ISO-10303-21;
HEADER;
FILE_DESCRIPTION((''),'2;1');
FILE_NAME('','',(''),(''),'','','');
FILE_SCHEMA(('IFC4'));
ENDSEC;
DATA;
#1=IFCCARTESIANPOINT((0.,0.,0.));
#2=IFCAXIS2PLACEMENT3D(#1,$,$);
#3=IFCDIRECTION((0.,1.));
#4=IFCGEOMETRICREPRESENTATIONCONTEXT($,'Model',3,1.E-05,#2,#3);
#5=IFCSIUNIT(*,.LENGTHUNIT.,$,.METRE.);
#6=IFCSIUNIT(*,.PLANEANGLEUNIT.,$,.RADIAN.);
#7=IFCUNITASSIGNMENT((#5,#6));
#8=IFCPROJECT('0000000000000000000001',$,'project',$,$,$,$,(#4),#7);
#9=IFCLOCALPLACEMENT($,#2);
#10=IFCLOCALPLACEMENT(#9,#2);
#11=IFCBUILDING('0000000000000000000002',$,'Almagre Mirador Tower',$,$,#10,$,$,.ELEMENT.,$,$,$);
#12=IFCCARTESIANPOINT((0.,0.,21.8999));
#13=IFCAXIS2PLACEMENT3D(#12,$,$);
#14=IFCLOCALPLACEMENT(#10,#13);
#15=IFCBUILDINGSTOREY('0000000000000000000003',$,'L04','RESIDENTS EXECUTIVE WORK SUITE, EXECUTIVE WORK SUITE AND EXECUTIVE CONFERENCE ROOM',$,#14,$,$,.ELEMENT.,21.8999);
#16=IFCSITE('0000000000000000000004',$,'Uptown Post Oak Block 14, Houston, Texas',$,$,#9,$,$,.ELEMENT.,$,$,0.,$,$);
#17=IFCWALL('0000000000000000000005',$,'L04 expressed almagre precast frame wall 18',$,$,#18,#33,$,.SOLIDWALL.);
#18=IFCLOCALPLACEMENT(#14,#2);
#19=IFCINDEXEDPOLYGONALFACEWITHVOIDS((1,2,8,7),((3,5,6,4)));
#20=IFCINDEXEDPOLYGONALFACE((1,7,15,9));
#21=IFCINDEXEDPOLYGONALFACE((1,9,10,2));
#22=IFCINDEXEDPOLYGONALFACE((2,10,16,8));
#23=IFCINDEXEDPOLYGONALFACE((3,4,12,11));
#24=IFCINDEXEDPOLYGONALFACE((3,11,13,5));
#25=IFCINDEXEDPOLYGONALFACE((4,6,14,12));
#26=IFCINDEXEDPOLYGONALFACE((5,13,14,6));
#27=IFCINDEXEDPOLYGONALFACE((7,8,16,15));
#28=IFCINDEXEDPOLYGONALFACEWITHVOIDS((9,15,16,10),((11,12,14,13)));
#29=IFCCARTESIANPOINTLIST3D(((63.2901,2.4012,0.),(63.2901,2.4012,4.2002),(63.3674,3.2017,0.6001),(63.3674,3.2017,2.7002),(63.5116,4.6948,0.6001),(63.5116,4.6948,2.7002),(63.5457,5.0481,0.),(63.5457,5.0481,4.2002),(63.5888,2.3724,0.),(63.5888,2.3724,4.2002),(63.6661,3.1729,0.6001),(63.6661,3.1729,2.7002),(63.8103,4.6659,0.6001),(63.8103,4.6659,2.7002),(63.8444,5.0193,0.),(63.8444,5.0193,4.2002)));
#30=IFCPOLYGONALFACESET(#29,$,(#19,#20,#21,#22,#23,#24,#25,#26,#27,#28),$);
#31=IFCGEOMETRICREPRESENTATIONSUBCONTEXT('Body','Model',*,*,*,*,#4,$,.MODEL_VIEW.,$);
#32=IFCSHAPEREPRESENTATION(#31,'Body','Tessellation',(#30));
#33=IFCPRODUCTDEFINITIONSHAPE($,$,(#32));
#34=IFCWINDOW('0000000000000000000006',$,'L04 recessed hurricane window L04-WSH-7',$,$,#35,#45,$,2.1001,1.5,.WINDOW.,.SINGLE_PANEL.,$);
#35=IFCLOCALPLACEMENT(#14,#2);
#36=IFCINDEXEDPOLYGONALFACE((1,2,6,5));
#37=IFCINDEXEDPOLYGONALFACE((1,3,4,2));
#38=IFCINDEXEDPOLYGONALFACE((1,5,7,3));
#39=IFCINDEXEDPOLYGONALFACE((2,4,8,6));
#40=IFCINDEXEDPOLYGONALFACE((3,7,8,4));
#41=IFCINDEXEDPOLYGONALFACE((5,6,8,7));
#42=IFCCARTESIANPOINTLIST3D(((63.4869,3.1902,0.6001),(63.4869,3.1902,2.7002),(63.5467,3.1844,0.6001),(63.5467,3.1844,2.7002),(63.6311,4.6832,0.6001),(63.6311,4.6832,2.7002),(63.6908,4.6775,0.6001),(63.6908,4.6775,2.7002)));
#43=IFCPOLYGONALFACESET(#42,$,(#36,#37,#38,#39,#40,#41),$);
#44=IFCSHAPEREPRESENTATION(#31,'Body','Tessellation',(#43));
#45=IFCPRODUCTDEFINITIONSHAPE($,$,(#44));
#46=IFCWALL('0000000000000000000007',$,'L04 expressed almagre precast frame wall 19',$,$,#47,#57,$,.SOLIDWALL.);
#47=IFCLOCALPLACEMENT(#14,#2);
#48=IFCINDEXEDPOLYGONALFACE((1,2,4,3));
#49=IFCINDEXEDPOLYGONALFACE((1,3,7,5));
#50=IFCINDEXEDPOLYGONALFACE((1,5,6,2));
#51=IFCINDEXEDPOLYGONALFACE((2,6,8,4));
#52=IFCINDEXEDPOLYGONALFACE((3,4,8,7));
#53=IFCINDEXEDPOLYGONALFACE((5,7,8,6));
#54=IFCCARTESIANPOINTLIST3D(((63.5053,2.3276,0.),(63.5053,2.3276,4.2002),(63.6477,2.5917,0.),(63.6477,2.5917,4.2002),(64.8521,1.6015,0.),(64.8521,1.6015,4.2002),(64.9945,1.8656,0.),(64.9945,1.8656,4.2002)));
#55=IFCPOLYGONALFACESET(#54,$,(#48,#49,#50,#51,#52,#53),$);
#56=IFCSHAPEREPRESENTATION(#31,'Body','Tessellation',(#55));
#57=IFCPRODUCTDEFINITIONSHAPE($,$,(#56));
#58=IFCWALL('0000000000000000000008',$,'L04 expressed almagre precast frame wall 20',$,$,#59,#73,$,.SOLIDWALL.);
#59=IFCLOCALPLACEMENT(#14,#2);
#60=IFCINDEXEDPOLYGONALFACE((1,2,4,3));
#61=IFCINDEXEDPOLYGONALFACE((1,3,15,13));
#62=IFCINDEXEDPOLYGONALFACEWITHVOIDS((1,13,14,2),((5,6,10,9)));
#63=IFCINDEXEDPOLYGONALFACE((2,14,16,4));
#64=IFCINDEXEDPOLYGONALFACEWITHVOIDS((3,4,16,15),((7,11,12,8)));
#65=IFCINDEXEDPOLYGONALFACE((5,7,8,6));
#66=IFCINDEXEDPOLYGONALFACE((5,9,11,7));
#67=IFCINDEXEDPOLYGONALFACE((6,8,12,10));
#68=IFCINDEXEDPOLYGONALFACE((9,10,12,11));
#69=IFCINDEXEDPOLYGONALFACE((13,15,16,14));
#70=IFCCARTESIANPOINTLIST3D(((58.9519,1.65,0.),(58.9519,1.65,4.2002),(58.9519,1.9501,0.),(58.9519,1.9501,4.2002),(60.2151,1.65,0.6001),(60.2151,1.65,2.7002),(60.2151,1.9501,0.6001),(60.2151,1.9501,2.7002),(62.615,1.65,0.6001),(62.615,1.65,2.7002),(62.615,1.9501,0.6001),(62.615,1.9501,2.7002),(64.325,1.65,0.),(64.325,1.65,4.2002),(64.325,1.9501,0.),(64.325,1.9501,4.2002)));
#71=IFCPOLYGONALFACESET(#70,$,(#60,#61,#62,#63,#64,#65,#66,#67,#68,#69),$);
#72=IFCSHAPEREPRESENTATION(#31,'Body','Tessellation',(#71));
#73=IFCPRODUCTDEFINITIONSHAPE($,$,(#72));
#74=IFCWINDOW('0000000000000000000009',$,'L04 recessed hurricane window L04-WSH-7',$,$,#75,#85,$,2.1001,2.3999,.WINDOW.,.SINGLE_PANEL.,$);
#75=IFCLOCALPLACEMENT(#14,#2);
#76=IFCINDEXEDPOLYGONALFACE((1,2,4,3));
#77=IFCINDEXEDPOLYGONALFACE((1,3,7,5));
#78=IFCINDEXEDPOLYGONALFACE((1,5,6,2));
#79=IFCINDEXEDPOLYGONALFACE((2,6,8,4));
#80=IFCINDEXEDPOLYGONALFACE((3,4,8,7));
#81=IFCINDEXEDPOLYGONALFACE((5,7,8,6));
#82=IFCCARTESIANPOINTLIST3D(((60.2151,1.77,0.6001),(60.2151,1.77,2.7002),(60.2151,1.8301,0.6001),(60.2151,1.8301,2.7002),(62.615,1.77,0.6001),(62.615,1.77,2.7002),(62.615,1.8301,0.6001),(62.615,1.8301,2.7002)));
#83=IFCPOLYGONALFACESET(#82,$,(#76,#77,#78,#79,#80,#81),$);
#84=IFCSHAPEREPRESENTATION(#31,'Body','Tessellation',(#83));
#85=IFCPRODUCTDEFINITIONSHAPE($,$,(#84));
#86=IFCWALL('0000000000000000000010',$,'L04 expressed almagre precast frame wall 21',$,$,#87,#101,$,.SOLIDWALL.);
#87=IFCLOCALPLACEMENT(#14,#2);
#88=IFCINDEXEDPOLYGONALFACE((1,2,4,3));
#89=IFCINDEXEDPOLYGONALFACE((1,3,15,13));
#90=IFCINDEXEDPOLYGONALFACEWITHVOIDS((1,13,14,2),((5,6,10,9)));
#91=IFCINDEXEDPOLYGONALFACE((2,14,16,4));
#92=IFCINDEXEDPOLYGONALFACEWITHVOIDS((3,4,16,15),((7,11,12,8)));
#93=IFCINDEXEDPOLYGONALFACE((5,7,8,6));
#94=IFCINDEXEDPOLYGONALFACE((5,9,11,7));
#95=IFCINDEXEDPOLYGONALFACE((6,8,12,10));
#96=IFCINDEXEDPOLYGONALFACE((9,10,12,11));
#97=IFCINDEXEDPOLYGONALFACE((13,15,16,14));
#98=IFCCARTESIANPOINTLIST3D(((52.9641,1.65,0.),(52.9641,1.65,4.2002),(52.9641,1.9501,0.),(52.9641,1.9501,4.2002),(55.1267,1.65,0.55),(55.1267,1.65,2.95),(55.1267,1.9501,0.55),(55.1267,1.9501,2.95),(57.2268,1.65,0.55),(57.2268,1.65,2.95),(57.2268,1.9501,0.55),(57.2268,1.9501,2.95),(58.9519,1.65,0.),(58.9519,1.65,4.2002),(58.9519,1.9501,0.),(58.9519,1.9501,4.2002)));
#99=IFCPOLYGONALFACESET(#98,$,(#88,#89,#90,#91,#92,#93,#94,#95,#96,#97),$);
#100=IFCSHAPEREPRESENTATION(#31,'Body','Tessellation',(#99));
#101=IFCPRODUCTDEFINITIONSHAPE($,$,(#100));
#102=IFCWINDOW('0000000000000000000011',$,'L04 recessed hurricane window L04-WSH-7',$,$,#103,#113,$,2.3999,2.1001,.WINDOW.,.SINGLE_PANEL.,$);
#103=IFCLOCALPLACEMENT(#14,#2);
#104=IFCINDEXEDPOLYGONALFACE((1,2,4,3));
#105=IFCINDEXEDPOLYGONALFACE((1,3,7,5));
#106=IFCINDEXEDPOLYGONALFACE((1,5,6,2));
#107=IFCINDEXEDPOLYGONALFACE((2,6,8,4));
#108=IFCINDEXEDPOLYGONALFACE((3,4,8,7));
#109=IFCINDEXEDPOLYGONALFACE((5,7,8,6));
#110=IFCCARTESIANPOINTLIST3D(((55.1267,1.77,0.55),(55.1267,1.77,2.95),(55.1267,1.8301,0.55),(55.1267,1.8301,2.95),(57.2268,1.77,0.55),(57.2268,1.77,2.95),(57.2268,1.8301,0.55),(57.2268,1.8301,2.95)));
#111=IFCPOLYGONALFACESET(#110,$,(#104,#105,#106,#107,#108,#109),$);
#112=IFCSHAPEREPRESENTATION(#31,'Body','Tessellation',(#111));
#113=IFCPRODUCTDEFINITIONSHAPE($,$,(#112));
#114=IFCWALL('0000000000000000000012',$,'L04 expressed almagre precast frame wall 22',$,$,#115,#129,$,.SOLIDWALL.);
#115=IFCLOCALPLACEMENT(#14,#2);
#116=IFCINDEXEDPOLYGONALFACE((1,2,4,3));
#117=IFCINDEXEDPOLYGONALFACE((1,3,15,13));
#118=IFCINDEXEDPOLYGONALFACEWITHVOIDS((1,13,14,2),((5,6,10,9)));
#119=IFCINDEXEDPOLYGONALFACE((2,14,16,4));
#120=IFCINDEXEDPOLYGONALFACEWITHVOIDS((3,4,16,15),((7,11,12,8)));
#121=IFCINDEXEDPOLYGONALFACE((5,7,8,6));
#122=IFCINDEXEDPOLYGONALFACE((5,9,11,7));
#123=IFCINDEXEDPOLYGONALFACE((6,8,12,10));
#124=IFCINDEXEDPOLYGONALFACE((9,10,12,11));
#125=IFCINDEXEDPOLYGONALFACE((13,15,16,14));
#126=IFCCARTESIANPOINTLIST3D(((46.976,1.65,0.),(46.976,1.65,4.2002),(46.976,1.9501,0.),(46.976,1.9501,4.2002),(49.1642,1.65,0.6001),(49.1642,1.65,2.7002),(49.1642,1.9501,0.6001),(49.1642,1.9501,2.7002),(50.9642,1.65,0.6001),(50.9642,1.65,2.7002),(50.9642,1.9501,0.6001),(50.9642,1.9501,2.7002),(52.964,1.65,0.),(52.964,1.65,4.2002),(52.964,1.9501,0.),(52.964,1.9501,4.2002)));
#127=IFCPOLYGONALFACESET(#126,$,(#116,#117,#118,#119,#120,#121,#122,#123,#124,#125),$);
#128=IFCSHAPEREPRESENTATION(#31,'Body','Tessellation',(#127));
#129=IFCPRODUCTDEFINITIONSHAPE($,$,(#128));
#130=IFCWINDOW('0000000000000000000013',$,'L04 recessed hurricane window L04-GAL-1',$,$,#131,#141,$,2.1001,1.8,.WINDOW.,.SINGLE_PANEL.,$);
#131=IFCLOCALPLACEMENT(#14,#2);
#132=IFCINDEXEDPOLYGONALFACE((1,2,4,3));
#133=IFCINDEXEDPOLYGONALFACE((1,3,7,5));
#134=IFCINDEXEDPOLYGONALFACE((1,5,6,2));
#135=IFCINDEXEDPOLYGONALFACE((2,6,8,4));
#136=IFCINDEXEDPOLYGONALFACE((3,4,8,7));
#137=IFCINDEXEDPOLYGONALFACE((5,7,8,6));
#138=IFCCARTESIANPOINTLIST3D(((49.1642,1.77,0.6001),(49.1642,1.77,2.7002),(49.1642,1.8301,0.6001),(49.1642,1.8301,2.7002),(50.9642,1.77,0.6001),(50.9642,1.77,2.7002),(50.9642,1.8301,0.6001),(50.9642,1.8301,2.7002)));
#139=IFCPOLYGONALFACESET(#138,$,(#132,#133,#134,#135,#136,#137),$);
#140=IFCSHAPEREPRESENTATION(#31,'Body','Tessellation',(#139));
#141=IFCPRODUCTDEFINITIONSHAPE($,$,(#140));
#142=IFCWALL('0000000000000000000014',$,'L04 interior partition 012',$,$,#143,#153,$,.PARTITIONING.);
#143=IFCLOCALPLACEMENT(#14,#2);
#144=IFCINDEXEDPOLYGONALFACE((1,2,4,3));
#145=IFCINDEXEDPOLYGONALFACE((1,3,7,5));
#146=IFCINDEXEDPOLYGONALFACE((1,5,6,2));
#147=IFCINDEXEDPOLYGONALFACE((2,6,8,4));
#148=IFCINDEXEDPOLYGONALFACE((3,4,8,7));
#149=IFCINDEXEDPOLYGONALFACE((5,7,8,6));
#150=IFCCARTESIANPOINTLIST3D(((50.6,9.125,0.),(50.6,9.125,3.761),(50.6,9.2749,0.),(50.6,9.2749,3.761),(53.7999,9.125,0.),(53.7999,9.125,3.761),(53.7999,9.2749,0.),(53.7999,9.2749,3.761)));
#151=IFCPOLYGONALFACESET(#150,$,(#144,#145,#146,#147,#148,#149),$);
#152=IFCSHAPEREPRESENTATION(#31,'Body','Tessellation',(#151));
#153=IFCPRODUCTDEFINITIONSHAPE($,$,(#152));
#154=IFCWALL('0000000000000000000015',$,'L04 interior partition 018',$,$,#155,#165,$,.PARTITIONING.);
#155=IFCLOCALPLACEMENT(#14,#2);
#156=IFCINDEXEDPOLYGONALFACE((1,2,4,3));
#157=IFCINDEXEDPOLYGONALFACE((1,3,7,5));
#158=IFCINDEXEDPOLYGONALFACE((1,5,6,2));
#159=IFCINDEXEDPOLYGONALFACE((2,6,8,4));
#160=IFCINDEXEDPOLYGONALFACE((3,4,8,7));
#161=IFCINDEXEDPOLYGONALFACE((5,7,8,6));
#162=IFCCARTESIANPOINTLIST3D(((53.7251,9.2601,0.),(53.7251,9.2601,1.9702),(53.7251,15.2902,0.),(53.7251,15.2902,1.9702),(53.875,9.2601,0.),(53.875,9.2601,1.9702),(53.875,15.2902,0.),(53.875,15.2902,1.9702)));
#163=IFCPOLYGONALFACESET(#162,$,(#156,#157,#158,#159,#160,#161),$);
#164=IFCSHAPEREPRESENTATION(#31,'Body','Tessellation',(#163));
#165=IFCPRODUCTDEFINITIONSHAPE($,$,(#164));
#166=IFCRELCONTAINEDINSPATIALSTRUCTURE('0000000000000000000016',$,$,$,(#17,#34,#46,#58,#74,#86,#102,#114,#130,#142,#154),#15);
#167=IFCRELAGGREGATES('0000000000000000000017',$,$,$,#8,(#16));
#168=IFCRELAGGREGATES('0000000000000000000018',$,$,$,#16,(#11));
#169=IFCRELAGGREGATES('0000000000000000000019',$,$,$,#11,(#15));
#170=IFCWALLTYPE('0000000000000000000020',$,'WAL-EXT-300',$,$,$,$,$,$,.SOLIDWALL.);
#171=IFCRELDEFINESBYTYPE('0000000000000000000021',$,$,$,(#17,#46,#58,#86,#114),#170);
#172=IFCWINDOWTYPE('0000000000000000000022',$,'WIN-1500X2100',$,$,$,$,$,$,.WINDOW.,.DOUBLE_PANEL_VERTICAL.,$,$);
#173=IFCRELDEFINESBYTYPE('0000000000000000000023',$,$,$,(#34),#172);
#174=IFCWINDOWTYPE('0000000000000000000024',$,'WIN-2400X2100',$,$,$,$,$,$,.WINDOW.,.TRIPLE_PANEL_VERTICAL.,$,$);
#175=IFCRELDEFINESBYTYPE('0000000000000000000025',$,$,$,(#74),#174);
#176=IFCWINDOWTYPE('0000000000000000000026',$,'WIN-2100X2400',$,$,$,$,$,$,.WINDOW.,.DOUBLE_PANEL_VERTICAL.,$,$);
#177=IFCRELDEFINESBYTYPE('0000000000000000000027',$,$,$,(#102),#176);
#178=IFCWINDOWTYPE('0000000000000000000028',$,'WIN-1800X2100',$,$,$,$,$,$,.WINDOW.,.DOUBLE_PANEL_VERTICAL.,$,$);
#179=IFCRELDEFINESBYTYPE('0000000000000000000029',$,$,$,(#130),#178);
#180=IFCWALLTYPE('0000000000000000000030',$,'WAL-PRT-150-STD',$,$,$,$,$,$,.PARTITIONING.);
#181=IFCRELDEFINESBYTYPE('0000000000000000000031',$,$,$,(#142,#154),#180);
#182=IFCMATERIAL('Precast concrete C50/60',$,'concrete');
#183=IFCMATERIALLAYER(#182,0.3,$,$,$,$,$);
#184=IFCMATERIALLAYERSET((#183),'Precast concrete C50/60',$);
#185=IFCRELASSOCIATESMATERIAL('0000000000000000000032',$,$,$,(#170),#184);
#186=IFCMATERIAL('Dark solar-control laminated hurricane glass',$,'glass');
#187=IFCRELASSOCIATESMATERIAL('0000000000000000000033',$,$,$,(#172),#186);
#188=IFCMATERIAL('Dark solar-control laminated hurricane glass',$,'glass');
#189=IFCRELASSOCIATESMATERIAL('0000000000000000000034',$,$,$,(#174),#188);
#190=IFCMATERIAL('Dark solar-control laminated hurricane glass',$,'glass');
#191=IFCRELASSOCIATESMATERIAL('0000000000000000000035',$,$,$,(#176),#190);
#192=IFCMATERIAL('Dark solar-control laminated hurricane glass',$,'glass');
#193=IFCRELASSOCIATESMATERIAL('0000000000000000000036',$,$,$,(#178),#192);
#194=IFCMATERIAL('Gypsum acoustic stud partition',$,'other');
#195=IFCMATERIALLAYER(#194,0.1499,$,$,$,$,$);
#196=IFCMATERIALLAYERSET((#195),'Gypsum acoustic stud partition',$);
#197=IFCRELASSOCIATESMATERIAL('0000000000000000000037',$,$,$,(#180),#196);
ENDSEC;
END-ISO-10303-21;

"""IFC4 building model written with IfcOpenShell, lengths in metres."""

from ifc_helpers import new_model, si_unit, direction, frame, frame_2d, origin, place, context, subcontext, project, spatial, rectangle, extrude, material, layer, layer_set, type_object, element, fill, save


model = new_model("IFC4")

# Units and contexts
model_context = context("Model", 3, precision=1e-05, world=origin(), true_north=direction((0.0, 1.0)))
body_context = subcontext(model_context, "Body", "Model", "MODEL_VIEW")
ifc_project = project(units=[si_unit("LENGTHUNIT", "METRE"), si_unit("PLANEANGLEUNIT", "RADIAN")], contexts=[model_context])

# Site, building, storey
site_placement = place(None, origin())
site = spatial("IfcSite", under=ifc_project, at=site_placement, Name="Uptown Post Oak Block 14, Houston, Texas", CompositionType="ELEMENT", RefElevation=0.0)
building_placement = place(site_placement, origin())
building = spatial("IfcBuilding", under=site, at=building_placement, Name="Almagre Mirador Tower", CompositionType="ELEMENT")
storey_placement = place(building_placement, frame((0.0, 0.0, 21.8999)))
storey = spatial("IfcBuildingStorey", under=building, at=storey_placement, Name="L04", Description="RESIDENTS EXECUTIVE WORK SUITE, EXECUTIVE WORK SUITE AND EXECUTIVE CONFERENCE ROOM", CompositionType="ELEMENT", Elevation=21.8999)

# Shared definitions
ifc_material_1 = material(Name="Precast concrete C50/60", Category="concrete")
ifc_layer_1 = layer(ifc_material_1, 0.3)
ifc_layer_set_1 = layer_set([ifc_layer_1], Name="Precast concrete C50/60")
wall_type_1 = type_object("IfcWallType", Name="WAL-EXT-300", PredefinedType="SOLIDWALL", material=ifc_layer_set_1)

# Wall, opening, window
wall_1_placement = place(storey_placement, frame((63.6951, 5.0337, 0.0), z_axis=(0.0, 0.0, 1.0), x_axis=(-0.096122, -0.99537, 0.0)))
wall_1 = element("IfcWall", 1, at=wall_1_placement, inside=storey, type_object=wall_type_1, Name="L04 expressed almagre precast frame wall 18", PredefinedType="SOLIDWALL", context=body_context, shape_type="SweptSolid", body=[
    extrude(rectangle(XDim=2.6592, YDim=0.3, at=frame_2d((1.3296, 0.0))), origin(), (0.0, 0.0, 1.0), 4.2002),
])
opening_1_placement = place(wall_1_placement, frame((0.355, 0.0, 0.6001)))
opening_1 = element("IfcOpeningElement", 2, at=opening_1_placement, cuts=wall_1, PredefinedType="OPENING", context=body_context, shape_type="SweptSolid", body=[
    extrude(rectangle(XDim=1.5, YDim=2.1001, at=frame_2d((0.75, 1.05))), frame((0.0, 0.1599, 0.0), z_axis=(0.0, -1.0, 0.0), x_axis=(1.0, 0.0, 0.0)), (0.0, 0.0, 1.0), 0.32),
])
ifc_material_2 = material(Name="Dark solar-control laminated hurricane glass", Category="glass")
window_type_1 = type_object("IfcWindowType", Name="WIN-1500X2100", PartitioningType="DOUBLE_PANEL_VERTICAL", PredefinedType="WINDOW", material=ifc_material_2)
window_1_placement = place(opening_1_placement, origin())
window_1 = element("IfcWindow", 3, at=window_1_placement, inside=storey, type_object=window_type_1, Name="L04 recessed hurricane window L04-WSH-7", OverallHeight=2.1001, OverallWidth=1.5, PartitioningType="SINGLE_PANEL", PredefinedType="WINDOW", context=body_context, shape_type="SweptSolid", body=[
    extrude(rectangle(XDim=1.5, YDim=2.1001, at=frame_2d((0.75, 1.05))), frame((0.0, 0.03, 0.0), z_axis=(0.0, -1.0, 0.0), x_axis=(1.0, 0.0, 0.0)), (0.0, 0.0, 1.0), 0.0601),
])
fill(opening_1, window_1)

# Wall
wall_2_placement = place(storey_placement, frame((63.5764, 2.4597, 0.0), z_axis=(0.0, 0.0, 1.0), x_axis=(0.880215, -0.474576, 0.0)))
element("IfcWall", 4, at=wall_2_placement, inside=storey, type_object=wall_type_1, Name="L04 expressed almagre precast frame wall 19", PredefinedType="SOLIDWALL", context=body_context, shape_type="SweptSolid", body=[
    extrude(rectangle(XDim=1.53, YDim=0.3, at=frame_2d((0.7651, 0.0))), origin(), (0.0, 0.0, 1.0), 4.2002),
])

# Walls, openings, windows
wall_3_placement = place(storey_placement, frame((64.325, 1.8, 0.0), z_axis=(0.0, 0.0, 1.0), x_axis=(-1.0, 0.0, 0.0)))
wall_3 = element("IfcWall", 5, at=wall_3_placement, inside=storey, type_object=wall_type_1, Name="L04 expressed almagre precast frame wall 20", PredefinedType="SOLIDWALL", context=body_context, shape_type="SweptSolid", body=[
    extrude(rectangle(XDim=5.373, YDim=0.3, at=frame_2d((2.6865, 0.0))), origin(), (0.0, 0.0, 1.0), 4.2002),
])
opening_2_placement = place(wall_3_placement, frame((1.71, 0.0, 0.6001)))
opening_2 = element("IfcOpeningElement", 6, at=opening_2_placement, cuts=wall_3, PredefinedType="OPENING", context=body_context, shape_type="SweptSolid", body=[
    extrude(rectangle(XDim=2.3999, YDim=2.1001, at=frame_2d((1.2, 1.05))), frame((0.0, 0.1599, 0.0), z_axis=(0.0, -1.0, 0.0), x_axis=(1.0, 0.0, 0.0)), (0.0, 0.0, 1.0), 0.32),
])
ifc_material_3 = material(Name="Dark solar-control laminated hurricane glass", Category="glass")
window_type_2 = type_object("IfcWindowType", Name="WIN-2400X2100", PartitioningType="TRIPLE_PANEL_VERTICAL", PredefinedType="WINDOW", material=ifc_material_3)
window_2_placement = place(opening_2_placement, origin())
window_2 = element("IfcWindow", 7, at=window_2_placement, inside=storey, type_object=window_type_2, Name="L04 recessed hurricane window L04-WSH-7", OverallHeight=2.1001, OverallWidth=2.3999, PartitioningType="SINGLE_PANEL", PredefinedType="WINDOW", context=body_context, shape_type="SweptSolid", body=[
    extrude(rectangle(XDim=2.3999, YDim=2.1001, at=frame_2d((1.2, 1.05))), frame((0.0, 0.03, 0.0), z_axis=(0.0, -1.0, 0.0), x_axis=(1.0, 0.0, 0.0)), (0.0, 0.0, 1.0), 0.0601),
])
fill(opening_2, window_2)
wall_4_placement = place(storey_placement, frame((58.9519, 1.8, 0.0), z_axis=(0.0, 0.0, 1.0), x_axis=(-1.0, 0.0, 0.0)))
wall_4 = element("IfcWall", 8, at=wall_4_placement, inside=storey, type_object=wall_type_1, Name="L04 expressed almagre precast frame wall 21", PredefinedType="SOLIDWALL", context=body_context, shape_type="SweptSolid", body=[
    extrude(rectangle(XDim=5.9878, YDim=0.3, at=frame_2d((2.9939, 0.0))), origin(), (0.0, 0.0, 1.0), 4.2002),
])
opening_3_placement = place(wall_4_placement, frame((1.7251, 0.0, 0.55)))
opening_3 = element("IfcOpeningElement", 9, at=opening_3_placement, cuts=wall_4, PredefinedType="OPENING", context=body_context, shape_type="SweptSolid", body=[
    extrude(rectangle(XDim=2.1001, YDim=2.3999, at=frame_2d((1.05, 1.2))), frame((0.0, 0.1599, 0.0), z_axis=(0.0, -1.0, 0.0), x_axis=(1.0, 0.0, 0.0)), (0.0, 0.0, 1.0), 0.32),
])
ifc_material_4 = material(Name="Dark solar-control laminated hurricane glass", Category="glass")
window_type_3 = type_object("IfcWindowType", Name="WIN-2100X2400", PartitioningType="DOUBLE_PANEL_VERTICAL", PredefinedType="WINDOW", material=ifc_material_4)
window_3_placement = place(opening_3_placement, origin())
window_3 = element("IfcWindow", 10, at=window_3_placement, inside=storey, type_object=window_type_3, Name="L04 recessed hurricane window L04-WSH-7", OverallHeight=2.3999, OverallWidth=2.1001, PartitioningType="SINGLE_PANEL", PredefinedType="WINDOW", context=body_context, shape_type="SweptSolid", body=[
    extrude(rectangle(XDim=2.1001, YDim=2.3999, at=frame_2d((1.05, 1.2))), frame((0.0, 0.03, 0.0), z_axis=(0.0, -1.0, 0.0), x_axis=(1.0, 0.0, 0.0)), (0.0, 0.0, 1.0), 0.0601),
])
fill(opening_3, window_3)
wall_5_placement = place(storey_placement, frame((52.9641, 1.8, 0.0), z_axis=(0.0, 0.0, 1.0), x_axis=(-1.0, 0.0, 0.0)))
wall_5 = element("IfcWall", 11, at=wall_5_placement, inside=storey, type_object=wall_type_1, Name="L04 expressed almagre precast frame wall 22", PredefinedType="SOLIDWALL", context=body_context, shape_type="SweptSolid", body=[
    extrude(rectangle(XDim=5.988, YDim=0.3, at=frame_2d((2.9941, 0.0))), origin(), (0.0, 0.0, 1.0), 4.2002),
])
opening_4_placement = place(wall_5_placement, frame((2.0, 0.0, 0.6001)))
opening_4 = element("IfcOpeningElement", 12, at=opening_4_placement, cuts=wall_5, PredefinedType="OPENING", context=body_context, shape_type="SweptSolid", body=[
    extrude(rectangle(XDim=1.8, YDim=2.1001, at=frame_2d((0.8999, 1.05))), frame((0.0, 0.1599, 0.0), z_axis=(0.0, -1.0, 0.0), x_axis=(1.0, 0.0, 0.0)), (0.0, 0.0, 1.0), 0.32),
])
ifc_material_5 = material(Name="Dark solar-control laminated hurricane glass", Category="glass")
window_type_4 = type_object("IfcWindowType", Name="WIN-1800X2100", PartitioningType="DOUBLE_PANEL_VERTICAL", PredefinedType="WINDOW", material=ifc_material_5)
window_4_placement = place(opening_4_placement, origin())
window_4 = element("IfcWindow", 13, at=window_4_placement, inside=storey, type_object=window_type_4, Name="L04 recessed hurricane window L04-GAL-1", OverallHeight=2.1001, OverallWidth=1.8, PartitioningType="SINGLE_PANEL", PredefinedType="WINDOW", context=body_context, shape_type="SweptSolid", body=[
    extrude(rectangle(XDim=1.8, YDim=2.1001, at=frame_2d((0.8999, 1.05))), frame((0.0, 0.03, 0.0), z_axis=(0.0, -1.0, 0.0), x_axis=(1.0, 0.0, 0.0)), (0.0, 0.0, 1.0), 0.0601),
])
fill(opening_4, window_4)

# Walls
ifc_material_6 = material(Name="Gypsum acoustic stud partition", Category="other")
ifc_layer_2 = layer(ifc_material_6, 0.1499)
ifc_layer_set_2 = layer_set([ifc_layer_2], Name="Gypsum acoustic stud partition")
wall_type_2 = type_object("IfcWallType", Name="WAL-PRT-150-STD", PredefinedType="PARTITIONING", material=ifc_layer_set_2)
wall_6_placement = place(storey_placement, frame((53.8, 9.2, 0.0), z_axis=(0.0, 0.0, 1.0), x_axis=(-1.0, 0.0, 0.0)))
element("IfcWall", 14, at=wall_6_placement, inside=storey, type_object=wall_type_2, Name="L04 interior partition 012", PredefinedType="PARTITIONING", context=body_context, shape_type="SweptSolid", body=[
    extrude(rectangle(XDim=3.2, YDim=0.1499, at=frame_2d((1.6001, 0.0))), origin(), (0.0, 0.0, 1.0), 3.761),
])
wall_7_placement = place(storey_placement, frame((53.8, 9.26, 0.0), z_axis=(0.0, 0.0, 1.0), x_axis=(0.0, 1.0, 0.0)))
element("IfcWall", 15, at=wall_7_placement, inside=storey, type_object=wall_type_2, Name="L04 interior partition 018", PredefinedType="PARTITIONING", context=body_context, shape_type="SweptSolid", body=[
    extrude(rectangle(XDim=6.03, YDim=0.1499, at=frame_2d((3.0151, 0.0))), origin(), (0.0, 0.0, 1.0), 1.9702),
])

save(model, "model.ifc")
